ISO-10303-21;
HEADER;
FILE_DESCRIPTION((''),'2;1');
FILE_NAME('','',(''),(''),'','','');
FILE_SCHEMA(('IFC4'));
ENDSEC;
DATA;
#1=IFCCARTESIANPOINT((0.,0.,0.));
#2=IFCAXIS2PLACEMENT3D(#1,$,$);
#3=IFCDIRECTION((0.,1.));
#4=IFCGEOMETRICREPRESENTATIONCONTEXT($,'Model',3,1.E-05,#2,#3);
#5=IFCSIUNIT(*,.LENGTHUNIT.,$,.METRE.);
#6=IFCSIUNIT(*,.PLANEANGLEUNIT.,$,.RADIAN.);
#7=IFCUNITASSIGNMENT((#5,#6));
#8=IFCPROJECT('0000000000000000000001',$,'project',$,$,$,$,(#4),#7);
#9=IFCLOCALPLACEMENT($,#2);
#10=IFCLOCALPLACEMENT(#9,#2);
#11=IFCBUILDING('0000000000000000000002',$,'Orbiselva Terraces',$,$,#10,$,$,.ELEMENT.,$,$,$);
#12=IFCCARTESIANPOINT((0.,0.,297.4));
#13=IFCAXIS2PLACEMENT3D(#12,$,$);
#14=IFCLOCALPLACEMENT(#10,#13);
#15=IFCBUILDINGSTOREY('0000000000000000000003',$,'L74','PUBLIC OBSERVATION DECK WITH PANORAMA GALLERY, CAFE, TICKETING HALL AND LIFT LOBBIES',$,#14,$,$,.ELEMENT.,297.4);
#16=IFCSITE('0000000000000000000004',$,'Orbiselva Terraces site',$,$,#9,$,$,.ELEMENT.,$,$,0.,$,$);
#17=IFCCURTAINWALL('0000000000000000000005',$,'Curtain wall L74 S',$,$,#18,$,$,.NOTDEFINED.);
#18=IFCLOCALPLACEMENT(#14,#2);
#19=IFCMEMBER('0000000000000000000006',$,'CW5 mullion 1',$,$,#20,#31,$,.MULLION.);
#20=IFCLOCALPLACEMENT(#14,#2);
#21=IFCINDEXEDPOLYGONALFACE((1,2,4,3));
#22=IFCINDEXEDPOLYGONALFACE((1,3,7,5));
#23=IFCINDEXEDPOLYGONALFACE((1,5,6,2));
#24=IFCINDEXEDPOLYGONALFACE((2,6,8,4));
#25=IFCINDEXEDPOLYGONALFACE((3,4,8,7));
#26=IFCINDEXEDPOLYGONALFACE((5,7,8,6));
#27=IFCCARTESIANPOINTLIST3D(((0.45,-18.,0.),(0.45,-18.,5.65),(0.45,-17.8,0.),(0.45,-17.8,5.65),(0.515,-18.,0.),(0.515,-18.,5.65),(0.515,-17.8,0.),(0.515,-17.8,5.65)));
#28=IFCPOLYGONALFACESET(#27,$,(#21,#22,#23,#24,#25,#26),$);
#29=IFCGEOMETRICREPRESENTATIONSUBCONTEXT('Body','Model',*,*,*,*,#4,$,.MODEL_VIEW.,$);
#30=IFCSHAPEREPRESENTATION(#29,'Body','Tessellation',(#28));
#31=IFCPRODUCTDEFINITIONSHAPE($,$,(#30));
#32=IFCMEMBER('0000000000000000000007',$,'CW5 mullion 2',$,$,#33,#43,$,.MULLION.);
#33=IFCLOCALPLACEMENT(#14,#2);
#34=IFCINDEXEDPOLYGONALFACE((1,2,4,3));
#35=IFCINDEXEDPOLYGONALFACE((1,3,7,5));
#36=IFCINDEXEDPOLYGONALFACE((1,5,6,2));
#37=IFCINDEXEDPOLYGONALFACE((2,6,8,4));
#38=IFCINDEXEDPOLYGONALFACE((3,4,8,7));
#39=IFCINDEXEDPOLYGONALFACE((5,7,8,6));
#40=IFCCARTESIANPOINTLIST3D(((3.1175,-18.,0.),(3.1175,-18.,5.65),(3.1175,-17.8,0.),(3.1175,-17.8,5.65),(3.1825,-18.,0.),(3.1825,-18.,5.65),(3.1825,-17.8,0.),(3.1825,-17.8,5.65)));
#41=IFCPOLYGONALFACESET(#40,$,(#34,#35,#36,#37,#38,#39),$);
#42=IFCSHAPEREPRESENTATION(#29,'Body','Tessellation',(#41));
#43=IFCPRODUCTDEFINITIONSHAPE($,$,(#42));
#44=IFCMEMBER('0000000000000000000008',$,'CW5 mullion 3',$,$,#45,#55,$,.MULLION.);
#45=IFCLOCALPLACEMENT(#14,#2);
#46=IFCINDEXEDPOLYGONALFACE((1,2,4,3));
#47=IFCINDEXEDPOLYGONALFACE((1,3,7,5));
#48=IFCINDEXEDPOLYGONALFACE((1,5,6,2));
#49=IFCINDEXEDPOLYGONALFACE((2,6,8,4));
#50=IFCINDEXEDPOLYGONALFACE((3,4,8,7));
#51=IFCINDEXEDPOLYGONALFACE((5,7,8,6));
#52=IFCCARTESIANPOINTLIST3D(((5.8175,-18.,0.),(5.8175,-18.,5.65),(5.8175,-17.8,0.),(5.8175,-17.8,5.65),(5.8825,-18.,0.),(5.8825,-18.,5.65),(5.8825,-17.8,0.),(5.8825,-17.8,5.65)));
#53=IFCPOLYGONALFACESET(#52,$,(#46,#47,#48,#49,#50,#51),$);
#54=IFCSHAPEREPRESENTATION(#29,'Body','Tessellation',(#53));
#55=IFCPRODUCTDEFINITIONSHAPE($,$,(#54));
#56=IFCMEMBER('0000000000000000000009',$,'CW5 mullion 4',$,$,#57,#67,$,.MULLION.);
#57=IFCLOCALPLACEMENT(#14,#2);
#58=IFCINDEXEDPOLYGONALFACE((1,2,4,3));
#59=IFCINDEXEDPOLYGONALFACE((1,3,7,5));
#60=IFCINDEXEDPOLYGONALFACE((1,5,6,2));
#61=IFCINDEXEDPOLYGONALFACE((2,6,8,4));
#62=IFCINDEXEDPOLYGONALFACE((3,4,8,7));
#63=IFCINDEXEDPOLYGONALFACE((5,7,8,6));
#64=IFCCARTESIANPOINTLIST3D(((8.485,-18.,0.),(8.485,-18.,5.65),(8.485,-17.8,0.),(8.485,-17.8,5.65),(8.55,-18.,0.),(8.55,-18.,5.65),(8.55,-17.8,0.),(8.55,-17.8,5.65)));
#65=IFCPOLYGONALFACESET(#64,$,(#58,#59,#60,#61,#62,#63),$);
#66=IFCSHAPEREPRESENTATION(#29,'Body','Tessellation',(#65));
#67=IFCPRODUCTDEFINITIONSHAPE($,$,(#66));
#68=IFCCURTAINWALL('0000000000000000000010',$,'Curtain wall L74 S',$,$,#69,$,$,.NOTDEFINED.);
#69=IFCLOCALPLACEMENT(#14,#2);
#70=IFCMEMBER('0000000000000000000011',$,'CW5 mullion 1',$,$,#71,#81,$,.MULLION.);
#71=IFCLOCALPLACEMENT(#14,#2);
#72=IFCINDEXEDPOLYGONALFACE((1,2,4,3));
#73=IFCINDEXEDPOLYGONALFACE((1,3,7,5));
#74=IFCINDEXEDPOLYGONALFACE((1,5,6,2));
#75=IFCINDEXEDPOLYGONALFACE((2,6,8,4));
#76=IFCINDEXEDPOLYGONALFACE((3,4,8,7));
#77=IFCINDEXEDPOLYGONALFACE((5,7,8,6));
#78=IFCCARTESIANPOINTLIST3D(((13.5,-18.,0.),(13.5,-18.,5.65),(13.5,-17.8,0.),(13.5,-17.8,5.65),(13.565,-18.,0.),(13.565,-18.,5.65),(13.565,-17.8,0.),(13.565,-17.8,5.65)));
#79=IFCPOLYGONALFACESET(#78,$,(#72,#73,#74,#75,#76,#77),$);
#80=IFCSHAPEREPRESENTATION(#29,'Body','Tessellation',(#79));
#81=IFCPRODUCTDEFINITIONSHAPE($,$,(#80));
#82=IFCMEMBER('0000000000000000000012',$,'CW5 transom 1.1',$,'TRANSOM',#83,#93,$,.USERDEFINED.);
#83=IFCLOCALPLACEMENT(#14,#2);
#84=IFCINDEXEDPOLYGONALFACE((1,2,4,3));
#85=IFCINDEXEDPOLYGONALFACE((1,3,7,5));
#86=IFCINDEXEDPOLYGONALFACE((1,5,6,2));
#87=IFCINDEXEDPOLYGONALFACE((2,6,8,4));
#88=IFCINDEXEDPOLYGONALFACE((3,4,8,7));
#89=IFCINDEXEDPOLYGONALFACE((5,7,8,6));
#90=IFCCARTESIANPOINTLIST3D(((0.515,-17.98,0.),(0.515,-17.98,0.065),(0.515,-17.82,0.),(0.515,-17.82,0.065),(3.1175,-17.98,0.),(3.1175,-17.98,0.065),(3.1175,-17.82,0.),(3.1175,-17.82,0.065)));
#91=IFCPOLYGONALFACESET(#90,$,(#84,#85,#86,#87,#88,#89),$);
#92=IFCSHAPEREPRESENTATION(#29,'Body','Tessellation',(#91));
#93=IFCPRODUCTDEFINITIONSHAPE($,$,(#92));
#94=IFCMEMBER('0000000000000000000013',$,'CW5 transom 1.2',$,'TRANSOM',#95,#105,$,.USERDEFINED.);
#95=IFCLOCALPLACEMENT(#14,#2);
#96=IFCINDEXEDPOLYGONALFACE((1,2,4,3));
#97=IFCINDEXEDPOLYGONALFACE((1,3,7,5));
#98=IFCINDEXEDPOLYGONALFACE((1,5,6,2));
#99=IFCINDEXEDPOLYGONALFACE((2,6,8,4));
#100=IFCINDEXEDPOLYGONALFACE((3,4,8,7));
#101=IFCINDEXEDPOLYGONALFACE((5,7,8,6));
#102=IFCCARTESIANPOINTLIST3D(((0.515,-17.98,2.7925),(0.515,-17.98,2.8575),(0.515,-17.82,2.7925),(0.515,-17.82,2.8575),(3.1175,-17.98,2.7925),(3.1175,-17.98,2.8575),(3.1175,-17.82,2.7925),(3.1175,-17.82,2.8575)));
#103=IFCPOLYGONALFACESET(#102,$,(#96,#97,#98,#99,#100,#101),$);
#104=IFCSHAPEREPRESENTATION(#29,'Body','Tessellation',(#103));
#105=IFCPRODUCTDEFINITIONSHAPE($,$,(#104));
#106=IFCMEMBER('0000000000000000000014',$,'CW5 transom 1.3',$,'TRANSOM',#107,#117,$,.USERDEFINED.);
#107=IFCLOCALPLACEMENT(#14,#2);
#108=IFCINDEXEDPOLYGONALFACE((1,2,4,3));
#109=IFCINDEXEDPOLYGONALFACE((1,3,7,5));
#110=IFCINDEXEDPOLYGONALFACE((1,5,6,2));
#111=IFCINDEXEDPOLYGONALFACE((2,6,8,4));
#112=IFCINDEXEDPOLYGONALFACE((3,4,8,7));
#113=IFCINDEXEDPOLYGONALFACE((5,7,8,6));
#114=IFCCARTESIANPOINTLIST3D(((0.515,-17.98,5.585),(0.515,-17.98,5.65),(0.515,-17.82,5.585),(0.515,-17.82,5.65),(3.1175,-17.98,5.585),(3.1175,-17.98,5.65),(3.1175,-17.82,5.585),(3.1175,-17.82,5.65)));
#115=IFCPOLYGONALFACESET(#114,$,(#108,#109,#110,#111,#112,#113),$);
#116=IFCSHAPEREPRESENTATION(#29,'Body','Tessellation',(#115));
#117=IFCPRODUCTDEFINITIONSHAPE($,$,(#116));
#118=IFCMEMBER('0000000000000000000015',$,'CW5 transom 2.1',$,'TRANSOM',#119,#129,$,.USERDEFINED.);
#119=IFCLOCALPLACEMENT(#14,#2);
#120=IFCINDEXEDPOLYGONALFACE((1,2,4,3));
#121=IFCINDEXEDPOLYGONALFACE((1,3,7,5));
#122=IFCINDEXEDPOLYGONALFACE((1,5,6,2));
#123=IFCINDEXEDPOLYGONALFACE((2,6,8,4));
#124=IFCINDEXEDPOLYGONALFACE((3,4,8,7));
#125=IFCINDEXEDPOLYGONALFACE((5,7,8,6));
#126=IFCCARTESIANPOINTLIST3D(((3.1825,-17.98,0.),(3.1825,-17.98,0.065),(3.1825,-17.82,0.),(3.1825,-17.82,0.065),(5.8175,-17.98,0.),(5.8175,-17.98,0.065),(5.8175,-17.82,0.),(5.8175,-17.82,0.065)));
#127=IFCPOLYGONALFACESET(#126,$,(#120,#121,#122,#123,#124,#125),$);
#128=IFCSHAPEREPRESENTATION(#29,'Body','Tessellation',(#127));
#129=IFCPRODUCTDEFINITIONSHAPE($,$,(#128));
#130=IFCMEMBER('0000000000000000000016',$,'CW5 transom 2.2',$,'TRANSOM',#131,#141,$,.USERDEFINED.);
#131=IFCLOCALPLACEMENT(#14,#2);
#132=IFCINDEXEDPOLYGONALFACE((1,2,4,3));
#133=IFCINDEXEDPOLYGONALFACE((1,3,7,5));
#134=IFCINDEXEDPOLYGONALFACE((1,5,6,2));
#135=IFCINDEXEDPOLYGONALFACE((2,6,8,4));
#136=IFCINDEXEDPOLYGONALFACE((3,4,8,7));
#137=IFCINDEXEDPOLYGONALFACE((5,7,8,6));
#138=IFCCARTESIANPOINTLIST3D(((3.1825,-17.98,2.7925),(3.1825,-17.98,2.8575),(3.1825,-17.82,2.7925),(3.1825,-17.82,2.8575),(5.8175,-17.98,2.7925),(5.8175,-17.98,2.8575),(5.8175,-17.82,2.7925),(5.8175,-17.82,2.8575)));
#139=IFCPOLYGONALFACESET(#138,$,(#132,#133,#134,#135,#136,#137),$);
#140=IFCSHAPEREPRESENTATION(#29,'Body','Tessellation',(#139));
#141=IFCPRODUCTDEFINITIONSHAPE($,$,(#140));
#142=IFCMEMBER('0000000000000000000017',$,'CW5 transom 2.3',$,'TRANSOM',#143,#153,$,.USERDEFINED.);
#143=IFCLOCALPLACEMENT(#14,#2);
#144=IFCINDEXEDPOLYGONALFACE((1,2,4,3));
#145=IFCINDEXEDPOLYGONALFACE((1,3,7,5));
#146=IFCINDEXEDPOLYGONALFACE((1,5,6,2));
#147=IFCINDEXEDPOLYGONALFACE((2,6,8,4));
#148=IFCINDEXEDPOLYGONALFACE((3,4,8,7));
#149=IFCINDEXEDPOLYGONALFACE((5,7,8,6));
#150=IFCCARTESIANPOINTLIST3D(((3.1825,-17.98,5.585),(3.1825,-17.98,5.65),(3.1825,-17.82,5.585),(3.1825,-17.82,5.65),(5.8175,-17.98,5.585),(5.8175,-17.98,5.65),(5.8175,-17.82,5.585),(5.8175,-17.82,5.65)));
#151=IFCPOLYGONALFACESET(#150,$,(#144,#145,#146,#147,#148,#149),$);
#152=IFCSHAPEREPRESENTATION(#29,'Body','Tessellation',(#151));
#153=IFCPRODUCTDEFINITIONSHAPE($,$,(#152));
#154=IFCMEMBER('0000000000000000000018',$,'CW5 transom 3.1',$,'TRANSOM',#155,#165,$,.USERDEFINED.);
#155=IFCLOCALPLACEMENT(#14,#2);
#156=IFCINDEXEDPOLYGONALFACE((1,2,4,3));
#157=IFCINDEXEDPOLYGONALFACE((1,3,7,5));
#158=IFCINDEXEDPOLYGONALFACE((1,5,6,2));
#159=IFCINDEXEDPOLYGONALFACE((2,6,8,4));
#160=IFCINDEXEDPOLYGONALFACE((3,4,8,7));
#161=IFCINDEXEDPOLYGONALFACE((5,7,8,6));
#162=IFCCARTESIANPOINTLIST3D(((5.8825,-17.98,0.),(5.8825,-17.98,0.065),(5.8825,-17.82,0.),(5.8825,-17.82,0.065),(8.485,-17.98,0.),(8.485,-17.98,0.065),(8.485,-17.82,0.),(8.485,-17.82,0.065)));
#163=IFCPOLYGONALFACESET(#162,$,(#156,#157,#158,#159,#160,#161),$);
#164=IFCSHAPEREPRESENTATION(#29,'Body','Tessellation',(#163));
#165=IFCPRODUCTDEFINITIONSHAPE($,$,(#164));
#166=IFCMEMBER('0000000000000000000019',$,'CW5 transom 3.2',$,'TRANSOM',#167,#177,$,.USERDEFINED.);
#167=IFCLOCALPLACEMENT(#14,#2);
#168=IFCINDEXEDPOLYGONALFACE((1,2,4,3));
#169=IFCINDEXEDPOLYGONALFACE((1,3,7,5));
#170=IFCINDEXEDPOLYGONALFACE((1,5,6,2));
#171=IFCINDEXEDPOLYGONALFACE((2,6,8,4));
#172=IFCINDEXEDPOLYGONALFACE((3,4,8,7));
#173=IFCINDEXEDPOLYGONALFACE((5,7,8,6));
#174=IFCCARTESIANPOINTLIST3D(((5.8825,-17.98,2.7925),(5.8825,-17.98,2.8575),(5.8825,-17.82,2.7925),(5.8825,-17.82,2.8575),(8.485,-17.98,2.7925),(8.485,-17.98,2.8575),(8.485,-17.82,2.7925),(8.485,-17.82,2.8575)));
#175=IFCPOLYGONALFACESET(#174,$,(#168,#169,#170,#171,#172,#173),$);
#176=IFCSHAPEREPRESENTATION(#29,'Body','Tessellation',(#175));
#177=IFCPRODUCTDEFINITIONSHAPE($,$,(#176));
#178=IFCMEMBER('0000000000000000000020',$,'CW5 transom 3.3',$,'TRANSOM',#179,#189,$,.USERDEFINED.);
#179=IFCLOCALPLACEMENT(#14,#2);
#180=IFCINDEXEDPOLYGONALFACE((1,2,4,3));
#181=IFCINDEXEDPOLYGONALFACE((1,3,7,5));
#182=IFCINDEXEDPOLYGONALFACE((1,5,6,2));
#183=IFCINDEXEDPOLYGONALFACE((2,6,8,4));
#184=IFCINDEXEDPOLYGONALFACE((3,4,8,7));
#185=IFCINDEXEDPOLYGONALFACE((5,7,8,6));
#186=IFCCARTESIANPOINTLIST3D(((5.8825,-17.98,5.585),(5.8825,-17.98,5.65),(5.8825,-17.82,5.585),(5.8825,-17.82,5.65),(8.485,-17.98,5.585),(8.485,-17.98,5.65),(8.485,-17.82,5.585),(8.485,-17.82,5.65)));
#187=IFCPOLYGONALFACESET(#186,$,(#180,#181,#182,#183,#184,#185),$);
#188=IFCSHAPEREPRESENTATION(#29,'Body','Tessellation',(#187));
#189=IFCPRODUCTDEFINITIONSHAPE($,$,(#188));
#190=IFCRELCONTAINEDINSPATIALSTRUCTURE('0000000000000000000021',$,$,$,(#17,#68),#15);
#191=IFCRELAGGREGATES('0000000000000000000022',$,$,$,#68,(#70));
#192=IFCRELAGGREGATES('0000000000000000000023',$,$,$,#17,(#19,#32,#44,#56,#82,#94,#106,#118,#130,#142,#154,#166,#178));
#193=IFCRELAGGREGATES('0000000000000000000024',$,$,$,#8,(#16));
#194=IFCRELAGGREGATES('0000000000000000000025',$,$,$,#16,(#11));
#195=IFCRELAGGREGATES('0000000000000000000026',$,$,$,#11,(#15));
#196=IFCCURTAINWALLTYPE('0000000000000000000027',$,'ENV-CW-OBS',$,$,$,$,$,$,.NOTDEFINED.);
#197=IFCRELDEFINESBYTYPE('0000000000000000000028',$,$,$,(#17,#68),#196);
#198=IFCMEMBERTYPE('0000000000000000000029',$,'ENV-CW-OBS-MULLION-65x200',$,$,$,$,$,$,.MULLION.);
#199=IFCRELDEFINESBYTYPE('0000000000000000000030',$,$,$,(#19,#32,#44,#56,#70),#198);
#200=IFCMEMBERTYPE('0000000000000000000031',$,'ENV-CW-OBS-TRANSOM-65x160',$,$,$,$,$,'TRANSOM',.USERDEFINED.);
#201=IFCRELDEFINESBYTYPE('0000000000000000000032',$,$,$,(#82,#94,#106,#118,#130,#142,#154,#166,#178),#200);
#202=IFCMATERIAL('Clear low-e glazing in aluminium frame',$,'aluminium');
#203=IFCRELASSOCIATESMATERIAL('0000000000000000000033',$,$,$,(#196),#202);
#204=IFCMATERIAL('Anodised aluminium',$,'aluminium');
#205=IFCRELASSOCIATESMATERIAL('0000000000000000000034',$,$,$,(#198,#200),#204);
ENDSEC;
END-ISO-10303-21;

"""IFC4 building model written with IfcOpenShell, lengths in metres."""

from ifc_helpers import new_model, si_unit, direction, frame, origin, origin_2d, place, context, subcontext, project, spatial, rectangle, extrude, material, material_profile, profile_set, type_object, element, aggregate, save


model = new_model("IFC4")

# Units and contexts
model_context = context("Model", 3, precision=1e-05, world=origin(), true_north=direction((0.0, 1.0)))
body_context = subcontext(model_context, "Body", "Model", "MODEL_VIEW")
ifc_project = project(units=[si_unit("LENGTHUNIT", "METRE"), si_unit("PLANEANGLEUNIT", "RADIAN")], contexts=[model_context])

# Site, building, storey
site_placement = place(None, origin())
site = spatial("IfcSite", under=ifc_project, at=site_placement, Name="Orbiselva Terraces site", CompositionType="ELEMENT", RefElevation=0.0)
building_placement = place(site_placement, origin())
building = spatial("IfcBuilding", under=site, at=building_placement, Name="Orbiselva Terraces", CompositionType="ELEMENT")
storey_placement = place(building_placement, frame((0.0, 0.0, 297.4)))
storey = spatial("IfcBuildingStorey", under=building, at=storey_placement, Name="L74", Description="PUBLIC OBSERVATION DECK WITH PANORAMA GALLERY, CAFE, TICKETING HALL AND LIFT LOBBIES", CompositionType="ELEMENT", Elevation=297.4)

# Curtain wall, members
ifc_material_1 = material(Name="Clear low-e glazing in aluminium frame", Category="aluminium")
curtain_wall_type = type_object("IfcCurtainWallType", Name="ENV-CW-OBS", PredefinedType="NOTDEFINED", material=ifc_material_1)
curtain_wall_1_placement = place(storey_placement, origin())
curtain_wall_1 = element("IfcCurtainWall", 1, at=curtain_wall_1_placement, inside=storey, type_object=curtain_wall_type, Name="Curtain wall L74 S", PredefinedType="NOTDEFINED")
ifc_material_2 = material(Name="Anodised aluminium", Category="aluminium")
ifc_material_profile_1 = material_profile(ifc_material_2, rectangle(XDim=0.2, YDim=0.065, at=origin_2d()), Name="AL 65x200")
ifc_profile_set_1 = profile_set([ifc_material_profile_1], Name="Anodised aluminium")
member_type_1 = type_object("IfcMemberType", Name="ENV-CW-OBS-MULLION-65x200", PredefinedType="MULLION", material=ifc_profile_set_1)
member_1_placement = place(storey_placement, frame((0.4825, -17.9, 0.0), z_axis=(0.0, 0.0, 1.0), x_axis=(0.0, 1.0, 0.0)))
member_1 = element("IfcMember", 2, at=member_1_placement, type_object=member_type_1, Name="CW5 mullion 1", PredefinedType="MULLION", context=body_context, shape_type="SweptSolid", body=[
    extrude(rectangle(XDim=0.2, YDim=0.065, at=origin_2d()), origin(), (0.0, 0.0, 1.0), 5.65),
])
member_2_placement = place(storey_placement, frame((3.15, -17.9, 0.0), z_axis=(0.0, 0.0, 1.0), x_axis=(0.0, 1.0, 0.0)))
member_2 = element("IfcMember", 3, at=member_2_placement, type_object=member_type_1, Name="CW5 mullion 2", PredefinedType="MULLION", context=body_context, shape_type="SweptSolid", body=[
    extrude(rectangle(XDim=0.2, YDim=0.065, at=origin_2d()), origin(), (0.0, 0.0, 1.0), 5.65),
])
member_3_placement = place(storey_placement, frame((5.85, -17.9, 0.0), z_axis=(0.0, 0.0, 1.0), x_axis=(0.0, 1.0, 0.0)))
member_3 = element("IfcMember", 4, at=member_3_placement, type_object=member_type_1, Name="CW5 mullion 3", PredefinedType="MULLION", context=body_context, shape_type="SweptSolid", body=[
    extrude(rectangle(XDim=0.2, YDim=0.065, at=origin_2d()), origin(), (0.0, 0.0, 1.0), 5.65),
])
member_4_placement = place(storey_placement, frame((8.5175, -17.9, 0.0), z_axis=(0.0, 0.0, 1.0), x_axis=(0.0, 1.0, 0.0)))
member_4 = element("IfcMember", 5, at=member_4_placement, type_object=member_type_1, Name="CW5 mullion 4", PredefinedType="MULLION", context=body_context, shape_type="SweptSolid", body=[
    extrude(rectangle(XDim=0.2, YDim=0.065, at=origin_2d()), origin(), (0.0, 0.0, 1.0), 5.65),
])

# Curtain wall, member
curtain_wall_2_placement = place(storey_placement, origin())
curtain_wall_2 = element("IfcCurtainWall", 6, at=curtain_wall_2_placement, inside=storey, type_object=curtain_wall_type, Name="Curtain wall L74 S", PredefinedType="NOTDEFINED")
member_5_placement = place(storey_placement, frame((13.5325, -17.9, 0.0), z_axis=(0.0, 0.0, 1.0), x_axis=(0.0, 1.0, 0.0)))
member_5 = element("IfcMember", 7, at=member_5_placement, type_object=member_type_1, Name="CW5 mullion 1", PredefinedType="MULLION", context=body_context, shape_type="SweptSolid", body=[
    extrude(rectangle(XDim=0.2, YDim=0.065, at=origin_2d()), origin(), (0.0, 0.0, 1.0), 5.65),
])
aggregate(curtain_wall_2, [member_5])

# Members
ifc_material_profile_2 = material_profile(ifc_material_2, rectangle(XDim=0.16, YDim=0.065, at=origin_2d()), Name="AL 65x160")
ifc_profile_set_2 = profile_set([ifc_material_profile_2], Name="Anodised aluminium")
member_type_2 = type_object("IfcMemberType", Name="ENV-CW-OBS-TRANSOM-65x160", ElementType="TRANSOM", PredefinedType="USERDEFINED", material=ifc_profile_set_2)
member_6_placement = place(storey_placement, frame((0.515, -17.9, 0.0325), z_axis=(1.0, 0.0, 0.0), x_axis=(0.0, 1.0, 0.0)))
member_6 = element("IfcMember", 8, at=member_6_placement, type_object=member_type_2, Name="CW5 transom 1.1", ObjectType="TRANSOM", PredefinedType="USERDEFINED", context=body_context, shape_type="SweptSolid", body=[
    extrude(rectangle(XDim=0.16, YDim=0.065, at=origin_2d()), origin(), (0.0, 0.0, 1.0), 2.6025),
])
member_7_placement = place(storey_placement, frame((0.515, -17.9, 2.825), z_axis=(1.0, 0.0, 0.0), x_axis=(0.0, 1.0, 0.0)))
member_7 = element("IfcMember", 9, at=member_7_placement, type_object=member_type_2, Name="CW5 transom 1.2", ObjectType="TRANSOM", PredefinedType="USERDEFINED", context=body_context, shape_type="SweptSolid", body=[
    extrude(rectangle(XDim=0.16, YDim=0.065, at=origin_2d()), origin(), (0.0, 0.0, 1.0), 2.6025),
])
member_8_placement = place(storey_placement, frame((0.515, -17.9, 5.6175), z_axis=(1.0, 0.0, 0.0), x_axis=(0.0, 1.0, 0.0)))
member_8 = element("IfcMember", 10, at=member_8_placement, type_object=member_type_2, Name="CW5 transom 1.3", ObjectType="TRANSOM", PredefinedType="USERDEFINED", context=body_context, shape_type="SweptSolid", body=[
    extrude(rectangle(XDim=0.16, YDim=0.065, at=origin_2d()), origin(), (0.0, 0.0, 1.0), 2.6025),
])
member_9_placement = place(storey_placement, frame((3.1825, -17.9, 0.0325), z_axis=(1.0, 0.0, 0.0), x_axis=(0.0, 1.0, 0.0)))
member_9 = element("IfcMember", 11, at=member_9_placement, type_object=member_type_2, Name="CW5 transom 2.1", ObjectType="TRANSOM", PredefinedType="USERDEFINED", context=body_context, shape_type="SweptSolid", body=[
    extrude(rectangle(XDim=0.16, YDim=0.065, at=origin_2d()), origin(), (0.0, 0.0, 1.0), 2.635),
])
member_10_placement = place(storey_placement, frame((3.1825, -17.9, 2.825), z_axis=(1.0, 0.0, 0.0), x_axis=(0.0, 1.0, 0.0)))
member_10 = element("IfcMember", 12, at=member_10_placement, type_object=member_type_2, Name="CW5 transom 2.2", ObjectType="TRANSOM", PredefinedType="USERDEFINED", context=body_context, shape_type="SweptSolid", body=[
    extrude(rectangle(XDim=0.16, YDim=0.065, at=origin_2d()), origin(), (0.0, 0.0, 1.0), 2.635),
])
member_11_placement = place(storey_placement, frame((3.1825, -17.9, 5.6175), z_axis=(1.0, 0.0, 0.0), x_axis=(0.0, 1.0, 0.0)))
member_11 = element("IfcMember", 13, at=member_11_placement, type_object=member_type_2, Name="CW5 transom 2.3", ObjectType="TRANSOM", PredefinedType="USERDEFINED", context=body_context, shape_type="SweptSolid", body=[
    extrude(rectangle(XDim=0.16, YDim=0.065, at=origin_2d()), origin(), (0.0, 0.0, 1.0), 2.635),
])
member_12_placement = place(storey_placement, frame((5.8825, -17.9, 0.0325), z_axis=(1.0, 0.0, 0.0), x_axis=(0.0, 1.0, 0.0)))
member_12 = element("IfcMember", 14, at=member_12_placement, type_object=member_type_2, Name="CW5 transom 3.1", ObjectType="TRANSOM", PredefinedType="USERDEFINED", context=body_context, shape_type="SweptSolid", body=[
    extrude(rectangle(XDim=0.16, YDim=0.065, at=origin_2d()), origin(), (0.0, 0.0, 1.0), 2.6025),
])
member_13_placement = place(storey_placement, frame((5.8825, -17.9, 2.825), z_axis=(1.0, 0.0, 0.0), x_axis=(0.0, 1.0, 0.0)))
member_13 = element("IfcMember", 15, at=member_13_placement, type_object=member_type_2, Name="CW5 transom 3.2", ObjectType="TRANSOM", PredefinedType="USERDEFINED", context=body_context, shape_type="SweptSolid", body=[
    extrude(rectangle(XDim=0.16, YDim=0.065, at=origin_2d()), origin(), (0.0, 0.0, 1.0), 2.6025),
])
member_14_placement = place(storey_placement, frame((5.8825, -17.9, 5.6175), z_axis=(1.0, 0.0, 0.0), x_axis=(0.0, 1.0, 0.0)))
member_14 = element("IfcMember", 16, at=member_14_placement, type_object=member_type_2, Name="CW5 transom 3.3", ObjectType="TRANSOM", PredefinedType="USERDEFINED", context=body_context, shape_type="SweptSolid", body=[
    extrude(rectangle(XDim=0.16, YDim=0.065, at=origin_2d()), origin(), (0.0, 0.0, 1.0), 2.6025),
])

aggregate(curtain_wall_1, [member_1, member_2, member_3, member_4, member_6, member_7, member_8, member_9, member_10, member_11, member_12, member_13, member_14])

save(model, "model.ifc")
